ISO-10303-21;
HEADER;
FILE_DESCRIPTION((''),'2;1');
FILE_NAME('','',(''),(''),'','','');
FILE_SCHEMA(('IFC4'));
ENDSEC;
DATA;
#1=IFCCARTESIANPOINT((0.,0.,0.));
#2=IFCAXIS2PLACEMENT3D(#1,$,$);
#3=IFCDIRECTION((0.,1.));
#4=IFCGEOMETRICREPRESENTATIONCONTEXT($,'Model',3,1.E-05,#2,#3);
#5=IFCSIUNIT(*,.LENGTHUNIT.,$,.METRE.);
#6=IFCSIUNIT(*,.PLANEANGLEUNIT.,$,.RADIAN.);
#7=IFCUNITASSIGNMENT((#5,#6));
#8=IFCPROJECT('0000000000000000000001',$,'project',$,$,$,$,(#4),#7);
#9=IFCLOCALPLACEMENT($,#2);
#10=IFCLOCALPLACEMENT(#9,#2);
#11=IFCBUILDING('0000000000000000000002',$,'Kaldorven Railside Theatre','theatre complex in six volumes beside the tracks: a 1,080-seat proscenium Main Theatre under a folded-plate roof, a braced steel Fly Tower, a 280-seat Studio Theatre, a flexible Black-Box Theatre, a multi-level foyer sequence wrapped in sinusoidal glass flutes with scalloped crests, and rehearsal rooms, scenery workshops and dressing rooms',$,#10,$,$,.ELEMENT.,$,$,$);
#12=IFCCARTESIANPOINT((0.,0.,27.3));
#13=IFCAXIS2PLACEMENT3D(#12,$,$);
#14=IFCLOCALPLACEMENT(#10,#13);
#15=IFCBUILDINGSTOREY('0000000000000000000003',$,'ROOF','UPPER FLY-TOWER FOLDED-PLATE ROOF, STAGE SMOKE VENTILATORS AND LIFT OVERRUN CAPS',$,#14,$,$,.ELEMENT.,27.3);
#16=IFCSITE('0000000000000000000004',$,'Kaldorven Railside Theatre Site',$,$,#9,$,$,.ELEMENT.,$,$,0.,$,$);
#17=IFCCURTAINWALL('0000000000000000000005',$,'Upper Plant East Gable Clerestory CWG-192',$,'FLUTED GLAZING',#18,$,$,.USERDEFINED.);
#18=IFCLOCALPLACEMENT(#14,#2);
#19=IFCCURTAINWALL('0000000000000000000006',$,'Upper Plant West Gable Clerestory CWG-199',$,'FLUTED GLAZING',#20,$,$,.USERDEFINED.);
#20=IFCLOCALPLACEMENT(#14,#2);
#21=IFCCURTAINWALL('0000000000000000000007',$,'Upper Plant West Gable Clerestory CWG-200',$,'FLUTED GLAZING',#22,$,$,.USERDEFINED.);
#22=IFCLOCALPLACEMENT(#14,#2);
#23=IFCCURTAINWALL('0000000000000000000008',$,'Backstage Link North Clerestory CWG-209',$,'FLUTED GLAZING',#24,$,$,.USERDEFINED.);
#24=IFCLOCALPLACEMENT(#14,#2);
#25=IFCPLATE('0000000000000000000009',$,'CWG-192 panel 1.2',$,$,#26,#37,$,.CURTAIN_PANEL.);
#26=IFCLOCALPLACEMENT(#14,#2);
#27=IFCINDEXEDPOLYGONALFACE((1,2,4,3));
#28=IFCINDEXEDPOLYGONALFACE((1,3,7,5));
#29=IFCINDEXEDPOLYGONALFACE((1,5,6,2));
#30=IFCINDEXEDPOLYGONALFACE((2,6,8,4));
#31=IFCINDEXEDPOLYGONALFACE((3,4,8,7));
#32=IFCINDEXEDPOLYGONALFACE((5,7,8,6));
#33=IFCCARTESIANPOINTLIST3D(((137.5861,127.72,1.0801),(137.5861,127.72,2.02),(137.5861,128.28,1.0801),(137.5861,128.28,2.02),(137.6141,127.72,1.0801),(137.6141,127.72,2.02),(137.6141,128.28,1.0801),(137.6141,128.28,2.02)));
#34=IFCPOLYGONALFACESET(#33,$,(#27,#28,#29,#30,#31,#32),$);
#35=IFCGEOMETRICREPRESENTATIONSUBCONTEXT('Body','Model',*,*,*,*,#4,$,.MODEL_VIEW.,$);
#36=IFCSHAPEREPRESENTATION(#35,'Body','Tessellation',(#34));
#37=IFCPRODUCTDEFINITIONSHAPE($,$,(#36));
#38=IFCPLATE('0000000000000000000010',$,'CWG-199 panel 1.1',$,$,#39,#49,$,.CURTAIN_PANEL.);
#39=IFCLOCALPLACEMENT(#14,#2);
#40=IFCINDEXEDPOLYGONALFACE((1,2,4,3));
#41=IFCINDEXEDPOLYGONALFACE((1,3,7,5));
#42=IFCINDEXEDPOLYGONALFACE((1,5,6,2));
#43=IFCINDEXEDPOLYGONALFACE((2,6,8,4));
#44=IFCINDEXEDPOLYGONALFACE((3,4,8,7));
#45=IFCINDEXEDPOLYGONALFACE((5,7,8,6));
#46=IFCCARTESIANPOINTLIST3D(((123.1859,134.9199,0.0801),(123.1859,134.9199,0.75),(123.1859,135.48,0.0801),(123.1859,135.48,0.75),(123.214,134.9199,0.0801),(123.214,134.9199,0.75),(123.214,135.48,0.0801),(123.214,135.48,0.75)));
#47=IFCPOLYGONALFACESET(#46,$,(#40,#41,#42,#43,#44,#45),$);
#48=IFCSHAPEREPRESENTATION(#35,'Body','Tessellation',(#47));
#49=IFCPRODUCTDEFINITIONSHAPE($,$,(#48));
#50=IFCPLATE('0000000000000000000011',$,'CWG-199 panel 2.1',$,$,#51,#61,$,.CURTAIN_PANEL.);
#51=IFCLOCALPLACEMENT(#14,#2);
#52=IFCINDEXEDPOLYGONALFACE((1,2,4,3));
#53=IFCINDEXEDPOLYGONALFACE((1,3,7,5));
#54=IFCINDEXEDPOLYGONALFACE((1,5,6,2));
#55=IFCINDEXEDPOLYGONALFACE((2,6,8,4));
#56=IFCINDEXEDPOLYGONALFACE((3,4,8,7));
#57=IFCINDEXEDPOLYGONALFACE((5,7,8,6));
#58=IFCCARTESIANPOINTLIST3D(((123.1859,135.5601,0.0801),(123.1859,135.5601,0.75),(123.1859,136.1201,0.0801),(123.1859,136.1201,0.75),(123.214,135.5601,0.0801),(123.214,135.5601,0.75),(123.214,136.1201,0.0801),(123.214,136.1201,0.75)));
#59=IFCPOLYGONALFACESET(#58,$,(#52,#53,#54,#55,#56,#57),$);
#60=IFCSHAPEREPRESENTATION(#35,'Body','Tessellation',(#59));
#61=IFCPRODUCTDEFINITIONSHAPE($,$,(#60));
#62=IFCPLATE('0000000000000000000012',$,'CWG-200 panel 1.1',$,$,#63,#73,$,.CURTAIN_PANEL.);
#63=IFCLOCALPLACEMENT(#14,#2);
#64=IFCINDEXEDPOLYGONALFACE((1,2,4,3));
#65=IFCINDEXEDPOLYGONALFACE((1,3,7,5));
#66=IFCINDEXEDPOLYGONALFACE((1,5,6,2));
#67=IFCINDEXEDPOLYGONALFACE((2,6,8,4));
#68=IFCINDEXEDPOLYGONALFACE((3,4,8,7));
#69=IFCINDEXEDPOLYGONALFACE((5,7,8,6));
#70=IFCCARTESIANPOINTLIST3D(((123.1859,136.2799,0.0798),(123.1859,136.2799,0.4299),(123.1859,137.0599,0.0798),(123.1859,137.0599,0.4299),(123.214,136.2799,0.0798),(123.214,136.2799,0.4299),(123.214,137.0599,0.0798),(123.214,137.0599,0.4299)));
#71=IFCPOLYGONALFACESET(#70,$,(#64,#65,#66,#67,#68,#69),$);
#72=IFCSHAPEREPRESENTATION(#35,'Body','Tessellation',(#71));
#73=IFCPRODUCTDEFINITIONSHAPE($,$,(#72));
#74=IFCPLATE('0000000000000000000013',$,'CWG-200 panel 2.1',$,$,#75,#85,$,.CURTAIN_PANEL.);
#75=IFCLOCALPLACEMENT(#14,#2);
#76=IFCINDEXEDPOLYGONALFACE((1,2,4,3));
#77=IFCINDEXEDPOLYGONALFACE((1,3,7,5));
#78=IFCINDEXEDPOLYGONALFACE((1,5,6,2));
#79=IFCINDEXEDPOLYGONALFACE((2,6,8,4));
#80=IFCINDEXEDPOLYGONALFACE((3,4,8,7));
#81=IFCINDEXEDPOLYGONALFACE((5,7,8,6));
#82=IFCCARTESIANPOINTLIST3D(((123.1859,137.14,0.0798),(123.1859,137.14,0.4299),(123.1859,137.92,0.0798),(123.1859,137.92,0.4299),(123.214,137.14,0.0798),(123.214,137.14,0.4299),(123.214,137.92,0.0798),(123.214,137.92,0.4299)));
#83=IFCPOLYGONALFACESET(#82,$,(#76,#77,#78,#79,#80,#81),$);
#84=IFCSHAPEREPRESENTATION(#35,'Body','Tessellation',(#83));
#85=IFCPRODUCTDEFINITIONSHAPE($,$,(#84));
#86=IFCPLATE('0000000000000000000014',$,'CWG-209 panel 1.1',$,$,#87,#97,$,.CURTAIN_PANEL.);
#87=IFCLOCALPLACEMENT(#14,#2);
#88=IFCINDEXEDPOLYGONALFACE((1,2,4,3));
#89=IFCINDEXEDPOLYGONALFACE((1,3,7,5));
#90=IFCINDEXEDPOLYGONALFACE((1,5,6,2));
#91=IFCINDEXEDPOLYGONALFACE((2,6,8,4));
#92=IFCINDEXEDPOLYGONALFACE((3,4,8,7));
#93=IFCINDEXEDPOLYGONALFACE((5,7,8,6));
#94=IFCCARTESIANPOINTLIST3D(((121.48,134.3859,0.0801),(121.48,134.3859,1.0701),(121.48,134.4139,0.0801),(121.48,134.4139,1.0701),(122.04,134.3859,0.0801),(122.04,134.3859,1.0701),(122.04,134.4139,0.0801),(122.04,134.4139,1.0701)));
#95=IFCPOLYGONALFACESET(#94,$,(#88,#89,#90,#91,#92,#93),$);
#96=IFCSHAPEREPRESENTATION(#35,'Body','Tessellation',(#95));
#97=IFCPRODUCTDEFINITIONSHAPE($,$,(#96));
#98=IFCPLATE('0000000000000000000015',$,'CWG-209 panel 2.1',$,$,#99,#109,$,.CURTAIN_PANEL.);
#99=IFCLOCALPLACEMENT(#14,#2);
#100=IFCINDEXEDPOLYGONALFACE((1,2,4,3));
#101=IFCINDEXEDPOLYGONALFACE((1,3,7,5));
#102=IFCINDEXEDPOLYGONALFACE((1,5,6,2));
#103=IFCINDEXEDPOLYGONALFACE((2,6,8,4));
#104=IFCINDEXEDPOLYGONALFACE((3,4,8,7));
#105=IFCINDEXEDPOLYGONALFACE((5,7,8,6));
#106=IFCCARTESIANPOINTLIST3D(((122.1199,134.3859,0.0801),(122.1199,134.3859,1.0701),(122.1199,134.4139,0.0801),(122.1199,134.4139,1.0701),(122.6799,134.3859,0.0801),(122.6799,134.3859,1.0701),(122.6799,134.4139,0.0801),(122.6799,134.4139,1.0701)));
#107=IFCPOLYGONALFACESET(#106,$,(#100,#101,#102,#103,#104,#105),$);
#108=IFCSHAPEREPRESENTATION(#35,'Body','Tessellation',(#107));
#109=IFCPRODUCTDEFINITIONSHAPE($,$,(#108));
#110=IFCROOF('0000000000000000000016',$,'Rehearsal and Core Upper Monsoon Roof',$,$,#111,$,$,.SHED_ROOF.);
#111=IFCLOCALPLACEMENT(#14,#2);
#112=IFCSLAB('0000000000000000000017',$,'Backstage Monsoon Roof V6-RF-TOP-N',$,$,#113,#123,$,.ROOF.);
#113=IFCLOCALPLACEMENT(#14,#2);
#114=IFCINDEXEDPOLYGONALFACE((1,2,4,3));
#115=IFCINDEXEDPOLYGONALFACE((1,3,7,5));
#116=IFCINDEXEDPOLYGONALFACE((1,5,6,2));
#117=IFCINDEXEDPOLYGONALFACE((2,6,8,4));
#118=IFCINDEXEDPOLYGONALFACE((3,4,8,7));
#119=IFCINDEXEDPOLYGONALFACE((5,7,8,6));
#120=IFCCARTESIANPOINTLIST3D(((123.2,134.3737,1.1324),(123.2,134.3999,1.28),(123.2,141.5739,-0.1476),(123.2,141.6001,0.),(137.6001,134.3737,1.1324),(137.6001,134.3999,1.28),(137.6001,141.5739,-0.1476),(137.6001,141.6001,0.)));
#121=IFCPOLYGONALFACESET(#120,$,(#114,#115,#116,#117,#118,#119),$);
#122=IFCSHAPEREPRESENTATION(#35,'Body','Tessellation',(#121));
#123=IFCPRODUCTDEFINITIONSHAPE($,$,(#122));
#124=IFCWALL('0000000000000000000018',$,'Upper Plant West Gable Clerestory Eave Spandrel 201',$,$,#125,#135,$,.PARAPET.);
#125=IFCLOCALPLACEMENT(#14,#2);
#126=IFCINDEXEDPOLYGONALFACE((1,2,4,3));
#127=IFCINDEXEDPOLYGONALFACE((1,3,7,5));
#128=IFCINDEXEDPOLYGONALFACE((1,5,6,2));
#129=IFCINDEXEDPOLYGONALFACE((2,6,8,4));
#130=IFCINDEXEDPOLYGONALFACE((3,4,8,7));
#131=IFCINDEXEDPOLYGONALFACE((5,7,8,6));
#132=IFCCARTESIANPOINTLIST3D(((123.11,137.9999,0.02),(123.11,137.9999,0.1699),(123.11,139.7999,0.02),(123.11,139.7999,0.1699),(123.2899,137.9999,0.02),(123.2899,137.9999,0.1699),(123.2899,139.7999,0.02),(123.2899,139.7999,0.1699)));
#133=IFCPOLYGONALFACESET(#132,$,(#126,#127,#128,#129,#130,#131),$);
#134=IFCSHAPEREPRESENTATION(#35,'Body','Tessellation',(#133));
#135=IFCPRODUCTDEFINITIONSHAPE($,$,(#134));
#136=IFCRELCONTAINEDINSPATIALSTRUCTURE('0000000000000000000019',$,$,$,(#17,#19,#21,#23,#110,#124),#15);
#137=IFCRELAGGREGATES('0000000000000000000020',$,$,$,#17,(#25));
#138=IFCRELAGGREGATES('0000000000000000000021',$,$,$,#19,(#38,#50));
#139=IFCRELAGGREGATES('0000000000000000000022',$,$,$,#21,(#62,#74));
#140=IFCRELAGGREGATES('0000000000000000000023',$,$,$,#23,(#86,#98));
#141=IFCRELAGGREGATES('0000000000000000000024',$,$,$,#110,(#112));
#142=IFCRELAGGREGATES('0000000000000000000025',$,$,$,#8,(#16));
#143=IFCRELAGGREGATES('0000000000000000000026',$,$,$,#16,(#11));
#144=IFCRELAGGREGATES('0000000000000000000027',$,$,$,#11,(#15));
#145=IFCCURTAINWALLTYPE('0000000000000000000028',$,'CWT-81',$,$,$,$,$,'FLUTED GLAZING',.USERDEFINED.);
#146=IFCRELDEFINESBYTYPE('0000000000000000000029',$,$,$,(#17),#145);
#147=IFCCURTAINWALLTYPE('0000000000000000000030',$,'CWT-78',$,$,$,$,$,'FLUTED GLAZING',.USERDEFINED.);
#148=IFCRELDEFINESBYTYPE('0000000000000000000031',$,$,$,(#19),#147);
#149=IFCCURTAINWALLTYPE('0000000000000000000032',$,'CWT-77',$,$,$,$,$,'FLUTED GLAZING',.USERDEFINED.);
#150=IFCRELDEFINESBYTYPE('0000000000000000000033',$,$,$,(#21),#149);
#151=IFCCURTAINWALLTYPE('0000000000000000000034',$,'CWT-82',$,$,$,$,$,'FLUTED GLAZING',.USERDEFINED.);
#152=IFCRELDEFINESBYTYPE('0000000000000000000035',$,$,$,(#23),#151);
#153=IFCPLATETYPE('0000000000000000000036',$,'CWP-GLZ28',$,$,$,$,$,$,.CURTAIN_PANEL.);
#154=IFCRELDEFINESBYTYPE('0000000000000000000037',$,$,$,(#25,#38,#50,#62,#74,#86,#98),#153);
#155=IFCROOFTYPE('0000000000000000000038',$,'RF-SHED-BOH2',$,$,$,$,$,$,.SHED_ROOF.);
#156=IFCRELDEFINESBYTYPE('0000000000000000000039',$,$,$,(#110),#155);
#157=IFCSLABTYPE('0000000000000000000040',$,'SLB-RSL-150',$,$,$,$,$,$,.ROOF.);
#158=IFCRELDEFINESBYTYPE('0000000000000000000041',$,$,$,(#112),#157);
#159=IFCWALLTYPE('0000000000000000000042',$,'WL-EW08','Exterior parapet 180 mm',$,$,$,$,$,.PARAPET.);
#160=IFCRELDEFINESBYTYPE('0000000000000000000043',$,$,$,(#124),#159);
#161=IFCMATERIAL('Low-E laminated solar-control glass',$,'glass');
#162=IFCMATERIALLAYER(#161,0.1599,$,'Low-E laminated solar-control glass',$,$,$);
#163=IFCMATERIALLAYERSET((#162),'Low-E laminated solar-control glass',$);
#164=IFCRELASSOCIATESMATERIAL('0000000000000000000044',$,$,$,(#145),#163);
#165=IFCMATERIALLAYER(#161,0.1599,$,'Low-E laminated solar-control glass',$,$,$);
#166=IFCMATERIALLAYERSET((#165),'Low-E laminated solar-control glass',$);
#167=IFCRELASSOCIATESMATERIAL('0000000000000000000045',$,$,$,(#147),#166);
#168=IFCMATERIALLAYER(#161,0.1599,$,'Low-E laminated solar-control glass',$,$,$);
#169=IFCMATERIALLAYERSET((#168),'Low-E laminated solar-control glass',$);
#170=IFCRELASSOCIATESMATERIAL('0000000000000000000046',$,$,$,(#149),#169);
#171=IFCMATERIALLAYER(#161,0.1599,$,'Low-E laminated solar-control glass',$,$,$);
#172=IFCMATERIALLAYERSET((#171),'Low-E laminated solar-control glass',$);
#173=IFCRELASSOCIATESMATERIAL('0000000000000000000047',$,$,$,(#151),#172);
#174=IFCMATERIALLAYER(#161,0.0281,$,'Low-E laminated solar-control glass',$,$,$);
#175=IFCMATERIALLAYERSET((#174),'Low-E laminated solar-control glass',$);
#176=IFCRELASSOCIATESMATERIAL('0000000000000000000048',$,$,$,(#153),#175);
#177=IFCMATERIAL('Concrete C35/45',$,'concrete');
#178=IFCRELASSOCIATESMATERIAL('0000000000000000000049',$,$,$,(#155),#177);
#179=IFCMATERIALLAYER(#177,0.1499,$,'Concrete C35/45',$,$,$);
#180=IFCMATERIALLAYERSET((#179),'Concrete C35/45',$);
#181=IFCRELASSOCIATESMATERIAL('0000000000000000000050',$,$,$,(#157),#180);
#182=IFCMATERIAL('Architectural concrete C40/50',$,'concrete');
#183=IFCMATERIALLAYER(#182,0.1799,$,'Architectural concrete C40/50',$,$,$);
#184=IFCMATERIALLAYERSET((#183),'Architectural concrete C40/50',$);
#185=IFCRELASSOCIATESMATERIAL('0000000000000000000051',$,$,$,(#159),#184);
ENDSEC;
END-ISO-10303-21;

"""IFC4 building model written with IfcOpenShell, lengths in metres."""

from ifc_helpers import new_model, si_unit, direction, frame, frame_2d, origin, origin_2d, place, context, subcontext, project, spatial, polyline, rectangle, outline, extrude, material, layer, layer_set, type_object, element, aggregate, save


model = new_model("IFC4")

# Units and contexts
model_context = context("Model", 3, precision=1e-05, world=origin(), true_north=direction((0.0, 1.0)))
body_context = subcontext(model_context, "Body", "Model", "MODEL_VIEW")
ifc_project = project(units=[si_unit("LENGTHUNIT", "METRE"), si_unit("PLANEANGLEUNIT", "RADIAN")], contexts=[model_context])

# Site, building, storey
site_placement = place(None, origin())
site = spatial("IfcSite", under=ifc_project, at=site_placement, Name="Kaldorven Railside Theatre Site", CompositionType="ELEMENT", RefElevation=0.0)
building_placement = place(site_placement, origin())
building = spatial("IfcBuilding", under=site, at=building_placement, Name="Kaldorven Railside Theatre", Description="theatre complex in six volumes beside the tracks: a 1,080-seat proscenium Main Theatre under a folded-plate roof, a braced steel Fly Tower, a 280-seat Studio Theatre, a flexible Black-Box Theatre, a multi-level foyer sequence wrapped in sinusoidal glass flutes with scalloped crests, and rehearsal rooms, scenery workshops and dressing rooms", CompositionType="ELEMENT")
storey_placement = place(building_placement, frame((0.0, 0.0, 27.3)))
storey = spatial("IfcBuildingStorey", under=building, at=storey_placement, Name="ROOF", Description="UPPER FLY-TOWER FOLDED-PLATE ROOF, STAGE SMOKE VENTILATORS AND LIFT OVERRUN CAPS", CompositionType="ELEMENT", Elevation=27.3)

# Curtain wall
ifc_material_1 = material(Name="Low-E laminated solar-control glass", Category="glass")
ifc_layer_1 = layer(ifc_material_1, 0.1599, Name="Low-E laminated solar-control glass")
ifc_layer_set_1 = layer_set([ifc_layer_1], Name="Low-E laminated solar-control glass")
curtain_wall_type_1 = type_object("IfcCurtainWallType", Name="CWT-81", ElementType="FLUTED GLAZING", PredefinedType="USERDEFINED", material=ifc_layer_set_1)
curtain_wall_1_placement = place(storey_placement, origin())
curtain_wall_1 = element("IfcCurtainWall", 1, at=curtain_wall_1_placement, inside=storey, type_object=curtain_wall_type_1, Name="Upper Plant East Gable Clerestory CWG-192", ObjectType="FLUTED GLAZING", PredefinedType="USERDEFINED")

# Curtain walls
ifc_layer_2 = layer(ifc_material_1, 0.1599, Name="Low-E laminated solar-control glass")
ifc_layer_set_2 = layer_set([ifc_layer_2], Name="Low-E laminated solar-control glass")
curtain_wall_type_2 = type_object("IfcCurtainWallType", Name="CWT-78", ElementType="FLUTED GLAZING", PredefinedType="USERDEFINED", material=ifc_layer_set_2)
curtain_wall_2_placement = place(storey_placement, origin())
curtain_wall_2 = element("IfcCurtainWall", 2, at=curtain_wall_2_placement, inside=storey, type_object=curtain_wall_type_2, Name="Upper Plant West Gable Clerestory CWG-199", ObjectType="FLUTED GLAZING", PredefinedType="USERDEFINED")
ifc_layer_3 = layer(ifc_material_1, 0.1599, Name="Low-E laminated solar-control glass")
ifc_layer_set_3 = layer_set([ifc_layer_3], Name="Low-E laminated solar-control glass")
curtain_wall_type_3 = type_object("IfcCurtainWallType", Name="CWT-77", ElementType="FLUTED GLAZING", PredefinedType="USERDEFINED", material=ifc_layer_set_3)
curtain_wall_3_placement = place(storey_placement, origin())
curtain_wall_3 = element("IfcCurtainWall", 3, at=curtain_wall_3_placement, inside=storey, type_object=curtain_wall_type_3, Name="Upper Plant West Gable Clerestory CWG-200", ObjectType="FLUTED GLAZING", PredefinedType="USERDEFINED")
ifc_layer_4 = layer(ifc_material_1, 0.1599, Name="Low-E laminated solar-control glass")
ifc_layer_set_4 = layer_set([ifc_layer_4], Name="Low-E laminated solar-control glass")
curtain_wall_type_4 = type_object("IfcCurtainWallType", Name="CWT-82", ElementType="FLUTED GLAZING", PredefinedType="USERDEFINED", material=ifc_layer_set_4)
curtain_wall_4_placement = place(storey_placement, origin())
curtain_wall_4 = element("IfcCurtainWall", 4, at=curtain_wall_4_placement, inside=storey, type_object=curtain_wall_type_4, Name="Backstage Link North Clerestory CWG-209", ObjectType="FLUTED GLAZING", PredefinedType="USERDEFINED")

# Plates
ifc_layer_5 = layer(ifc_material_1, 0.0281, Name="Low-E laminated solar-control glass")
ifc_layer_set_5 = layer_set([ifc_layer_5], Name="Low-E laminated solar-control glass")
plate_type = type_object("IfcPlateType", Name="CWP-GLZ28", PredefinedType="CURTAIN_PANEL", material=ifc_layer_set_5)
plate_1_placement = place(storey_placement, frame((137.6001, 128.0, 1.0801), z_axis=(0.0, 0.0, 1.0), x_axis=(0.0, 1.0, 0.0)))
plate_1 = element("IfcPlate", 5, at=plate_1_placement, type_object=plate_type, Name="CWG-192 panel 1.2", PredefinedType="CURTAIN_PANEL", context=body_context, shape_type="SweptSolid", body=[
    extrude(rectangle(XDim=0.5601, YDim=0.0281, at=origin_2d()), origin(), (0.0, 0.0, 1.0), 0.9399),
])
aggregate(curtain_wall_1, [plate_1])
plate_2_placement = place(storey_placement, frame((123.2, 135.2, 0.0801), z_axis=(0.0, 0.0, 1.0), x_axis=(0.0, 1.0, 0.0)))
plate_2 = element("IfcPlate", 6, at=plate_2_placement, type_object=plate_type, Name="CWG-199 panel 1.1", PredefinedType="CURTAIN_PANEL", context=body_context, shape_type="SweptSolid", body=[
    extrude(rectangle(XDim=0.5601, YDim=0.0281, at=origin_2d()), origin(), (0.0, 0.0, 1.0), 0.6699),
])
plate_3_placement = place(storey_placement, frame((123.2, 135.8401, 0.0801), z_axis=(0.0, 0.0, 1.0), x_axis=(0.0, 1.0, 0.0)))
plate_3 = element("IfcPlate", 7, at=plate_3_placement, type_object=plate_type, Name="CWG-199 panel 2.1", PredefinedType="CURTAIN_PANEL", context=body_context, shape_type="SweptSolid", body=[
    extrude(rectangle(XDim=0.5601, YDim=0.0281, at=origin_2d()), origin(), (0.0, 0.0, 1.0), 0.6699),
])
aggregate(curtain_wall_2, [plate_2, plate_3])
plate_4_placement = place(storey_placement, frame((123.2, 136.6699, 0.0798), z_axis=(0.0, 0.0, 1.0), x_axis=(0.0, 1.0, 0.0)))
plate_4 = element("IfcPlate", 8, at=plate_4_placement, type_object=plate_type, Name="CWG-200 panel 1.1", PredefinedType="CURTAIN_PANEL", context=body_context, shape_type="SweptSolid", body=[
    extrude(rectangle(XDim=0.78, YDim=0.0281, at=origin_2d()), origin(), (0.0, 0.0, 1.0), 0.3501),
])
plate_5_placement = place(storey_placement, frame((123.2, 137.53, 0.0798), z_axis=(0.0, 0.0, 1.0), x_axis=(0.0, 1.0, 0.0)))
plate_5 = element("IfcPlate", 9, at=plate_5_placement, type_object=plate_type, Name="CWG-200 panel 2.1", PredefinedType="CURTAIN_PANEL", context=body_context, shape_type="SweptSolid", body=[
    extrude(rectangle(XDim=0.78, YDim=0.0281, at=origin_2d()), origin(), (0.0, 0.0, 1.0), 0.3501),
])
aggregate(curtain_wall_3, [plate_4, plate_5])
plate_6_placement = place(storey_placement, frame((121.76, 134.3999, 0.0801), z_axis=(0.0, 0.0, 1.0), x_axis=(1.0, 0.0, 0.0)))
plate_6 = element("IfcPlate", 10, at=plate_6_placement, type_object=plate_type, Name="CWG-209 panel 1.1", PredefinedType="CURTAIN_PANEL", context=body_context, shape_type="SweptSolid", body=[
    extrude(rectangle(XDim=0.5601, YDim=0.0281, at=origin_2d()), origin(), (0.0, 0.0, 1.0), 0.99),
])
plate_7_placement = place(storey_placement, frame((122.3999, 134.3999, 0.0801), z_axis=(0.0, 0.0, 1.0), x_axis=(1.0, 0.0, 0.0)))
plate_7 = element("IfcPlate", 11, at=plate_7_placement, type_object=plate_type, Name="CWG-209 panel 2.1", PredefinedType="CURTAIN_PANEL", context=body_context, shape_type="SweptSolid", body=[
    extrude(rectangle(XDim=0.5601, YDim=0.0281, at=origin_2d()), origin(), (0.0, 0.0, 1.0), 0.99),
])
aggregate(curtain_wall_4, [plate_6, plate_7])

# Roof, slab
ifc_material_2 = material(Name="Concrete C35/45", Category="concrete")
roof_type = type_object("IfcRoofType", Name="RF-SHED-BOH2", PredefinedType="SHED_ROOF", material=ifc_material_2)
roof_placement = place(storey_placement, origin())
roof = element("IfcRoof", 12, at=roof_placement, inside=storey, type_object=roof_type, Name="Rehearsal and Core Upper Monsoon Roof", PredefinedType="SHED_ROOF")
ifc_layer_6 = layer(ifc_material_2, 0.1499, Name="Concrete C35/45")
ifc_layer_set_6 = layer_set([ifc_layer_6], Name="Concrete C35/45")
slab_type = type_object("IfcSlabType", Name="SLB-RSL-150", PredefinedType="ROOF", material=ifc_layer_set_6)
slab_placement = place(storey_placement, frame((123.2, 134.3999, 1.28), z_axis=(0.0, 0.175033, 0.984563), x_axis=(1.0, 0.0, 0.0)))
slab = element("IfcSlab", 13, at=slab_placement, type_object=slab_type, Name="Backstage Monsoon Roof V6-RF-TOP-N", PredefinedType="ROOF", context=body_context, shape_type="SweptSolid", body=[
    extrude(outline(polyline([(0.0, 0.0), (14.4001, 0.0), (14.4001, 7.3131), (0.0, 7.3131), (0.0, 0.0)])), origin(), (0.0, 0.0, -1.0), 0.1499),
])
aggregate(roof, [slab])

# Wall
ifc_material_3 = material(Name="Architectural concrete C40/50", Category="concrete")
ifc_layer_7 = layer(ifc_material_3, 0.1799, Name="Architectural concrete C40/50")
ifc_layer_set_7 = layer_set([ifc_layer_7], Name="Architectural concrete C40/50")
wall_type = type_object("IfcWallType", Name="WL-EW08", Description="Exterior parapet 180 mm", PredefinedType="PARAPET", material=ifc_layer_set_7)
wall_placement = place(storey_placement, frame((123.2, 138.0, 0.02), z_axis=(0.0, 0.0, 1.0), x_axis=(0.0, 1.0, 0.0)))
element("IfcWall", 14, at=wall_placement, inside=storey, type_object=wall_type, Name="Upper Plant West Gable Clerestory Eave Spandrel 201", PredefinedType="PARAPET", context=body_context, shape_type="SweptSolid", body=[
    extrude(rectangle(XDim=1.8, YDim=0.1799, at=frame_2d((0.8999, 0.0))), origin(), (0.0, 0.0, 1.0), 0.1499),
])

save(model, "model.ifc")
